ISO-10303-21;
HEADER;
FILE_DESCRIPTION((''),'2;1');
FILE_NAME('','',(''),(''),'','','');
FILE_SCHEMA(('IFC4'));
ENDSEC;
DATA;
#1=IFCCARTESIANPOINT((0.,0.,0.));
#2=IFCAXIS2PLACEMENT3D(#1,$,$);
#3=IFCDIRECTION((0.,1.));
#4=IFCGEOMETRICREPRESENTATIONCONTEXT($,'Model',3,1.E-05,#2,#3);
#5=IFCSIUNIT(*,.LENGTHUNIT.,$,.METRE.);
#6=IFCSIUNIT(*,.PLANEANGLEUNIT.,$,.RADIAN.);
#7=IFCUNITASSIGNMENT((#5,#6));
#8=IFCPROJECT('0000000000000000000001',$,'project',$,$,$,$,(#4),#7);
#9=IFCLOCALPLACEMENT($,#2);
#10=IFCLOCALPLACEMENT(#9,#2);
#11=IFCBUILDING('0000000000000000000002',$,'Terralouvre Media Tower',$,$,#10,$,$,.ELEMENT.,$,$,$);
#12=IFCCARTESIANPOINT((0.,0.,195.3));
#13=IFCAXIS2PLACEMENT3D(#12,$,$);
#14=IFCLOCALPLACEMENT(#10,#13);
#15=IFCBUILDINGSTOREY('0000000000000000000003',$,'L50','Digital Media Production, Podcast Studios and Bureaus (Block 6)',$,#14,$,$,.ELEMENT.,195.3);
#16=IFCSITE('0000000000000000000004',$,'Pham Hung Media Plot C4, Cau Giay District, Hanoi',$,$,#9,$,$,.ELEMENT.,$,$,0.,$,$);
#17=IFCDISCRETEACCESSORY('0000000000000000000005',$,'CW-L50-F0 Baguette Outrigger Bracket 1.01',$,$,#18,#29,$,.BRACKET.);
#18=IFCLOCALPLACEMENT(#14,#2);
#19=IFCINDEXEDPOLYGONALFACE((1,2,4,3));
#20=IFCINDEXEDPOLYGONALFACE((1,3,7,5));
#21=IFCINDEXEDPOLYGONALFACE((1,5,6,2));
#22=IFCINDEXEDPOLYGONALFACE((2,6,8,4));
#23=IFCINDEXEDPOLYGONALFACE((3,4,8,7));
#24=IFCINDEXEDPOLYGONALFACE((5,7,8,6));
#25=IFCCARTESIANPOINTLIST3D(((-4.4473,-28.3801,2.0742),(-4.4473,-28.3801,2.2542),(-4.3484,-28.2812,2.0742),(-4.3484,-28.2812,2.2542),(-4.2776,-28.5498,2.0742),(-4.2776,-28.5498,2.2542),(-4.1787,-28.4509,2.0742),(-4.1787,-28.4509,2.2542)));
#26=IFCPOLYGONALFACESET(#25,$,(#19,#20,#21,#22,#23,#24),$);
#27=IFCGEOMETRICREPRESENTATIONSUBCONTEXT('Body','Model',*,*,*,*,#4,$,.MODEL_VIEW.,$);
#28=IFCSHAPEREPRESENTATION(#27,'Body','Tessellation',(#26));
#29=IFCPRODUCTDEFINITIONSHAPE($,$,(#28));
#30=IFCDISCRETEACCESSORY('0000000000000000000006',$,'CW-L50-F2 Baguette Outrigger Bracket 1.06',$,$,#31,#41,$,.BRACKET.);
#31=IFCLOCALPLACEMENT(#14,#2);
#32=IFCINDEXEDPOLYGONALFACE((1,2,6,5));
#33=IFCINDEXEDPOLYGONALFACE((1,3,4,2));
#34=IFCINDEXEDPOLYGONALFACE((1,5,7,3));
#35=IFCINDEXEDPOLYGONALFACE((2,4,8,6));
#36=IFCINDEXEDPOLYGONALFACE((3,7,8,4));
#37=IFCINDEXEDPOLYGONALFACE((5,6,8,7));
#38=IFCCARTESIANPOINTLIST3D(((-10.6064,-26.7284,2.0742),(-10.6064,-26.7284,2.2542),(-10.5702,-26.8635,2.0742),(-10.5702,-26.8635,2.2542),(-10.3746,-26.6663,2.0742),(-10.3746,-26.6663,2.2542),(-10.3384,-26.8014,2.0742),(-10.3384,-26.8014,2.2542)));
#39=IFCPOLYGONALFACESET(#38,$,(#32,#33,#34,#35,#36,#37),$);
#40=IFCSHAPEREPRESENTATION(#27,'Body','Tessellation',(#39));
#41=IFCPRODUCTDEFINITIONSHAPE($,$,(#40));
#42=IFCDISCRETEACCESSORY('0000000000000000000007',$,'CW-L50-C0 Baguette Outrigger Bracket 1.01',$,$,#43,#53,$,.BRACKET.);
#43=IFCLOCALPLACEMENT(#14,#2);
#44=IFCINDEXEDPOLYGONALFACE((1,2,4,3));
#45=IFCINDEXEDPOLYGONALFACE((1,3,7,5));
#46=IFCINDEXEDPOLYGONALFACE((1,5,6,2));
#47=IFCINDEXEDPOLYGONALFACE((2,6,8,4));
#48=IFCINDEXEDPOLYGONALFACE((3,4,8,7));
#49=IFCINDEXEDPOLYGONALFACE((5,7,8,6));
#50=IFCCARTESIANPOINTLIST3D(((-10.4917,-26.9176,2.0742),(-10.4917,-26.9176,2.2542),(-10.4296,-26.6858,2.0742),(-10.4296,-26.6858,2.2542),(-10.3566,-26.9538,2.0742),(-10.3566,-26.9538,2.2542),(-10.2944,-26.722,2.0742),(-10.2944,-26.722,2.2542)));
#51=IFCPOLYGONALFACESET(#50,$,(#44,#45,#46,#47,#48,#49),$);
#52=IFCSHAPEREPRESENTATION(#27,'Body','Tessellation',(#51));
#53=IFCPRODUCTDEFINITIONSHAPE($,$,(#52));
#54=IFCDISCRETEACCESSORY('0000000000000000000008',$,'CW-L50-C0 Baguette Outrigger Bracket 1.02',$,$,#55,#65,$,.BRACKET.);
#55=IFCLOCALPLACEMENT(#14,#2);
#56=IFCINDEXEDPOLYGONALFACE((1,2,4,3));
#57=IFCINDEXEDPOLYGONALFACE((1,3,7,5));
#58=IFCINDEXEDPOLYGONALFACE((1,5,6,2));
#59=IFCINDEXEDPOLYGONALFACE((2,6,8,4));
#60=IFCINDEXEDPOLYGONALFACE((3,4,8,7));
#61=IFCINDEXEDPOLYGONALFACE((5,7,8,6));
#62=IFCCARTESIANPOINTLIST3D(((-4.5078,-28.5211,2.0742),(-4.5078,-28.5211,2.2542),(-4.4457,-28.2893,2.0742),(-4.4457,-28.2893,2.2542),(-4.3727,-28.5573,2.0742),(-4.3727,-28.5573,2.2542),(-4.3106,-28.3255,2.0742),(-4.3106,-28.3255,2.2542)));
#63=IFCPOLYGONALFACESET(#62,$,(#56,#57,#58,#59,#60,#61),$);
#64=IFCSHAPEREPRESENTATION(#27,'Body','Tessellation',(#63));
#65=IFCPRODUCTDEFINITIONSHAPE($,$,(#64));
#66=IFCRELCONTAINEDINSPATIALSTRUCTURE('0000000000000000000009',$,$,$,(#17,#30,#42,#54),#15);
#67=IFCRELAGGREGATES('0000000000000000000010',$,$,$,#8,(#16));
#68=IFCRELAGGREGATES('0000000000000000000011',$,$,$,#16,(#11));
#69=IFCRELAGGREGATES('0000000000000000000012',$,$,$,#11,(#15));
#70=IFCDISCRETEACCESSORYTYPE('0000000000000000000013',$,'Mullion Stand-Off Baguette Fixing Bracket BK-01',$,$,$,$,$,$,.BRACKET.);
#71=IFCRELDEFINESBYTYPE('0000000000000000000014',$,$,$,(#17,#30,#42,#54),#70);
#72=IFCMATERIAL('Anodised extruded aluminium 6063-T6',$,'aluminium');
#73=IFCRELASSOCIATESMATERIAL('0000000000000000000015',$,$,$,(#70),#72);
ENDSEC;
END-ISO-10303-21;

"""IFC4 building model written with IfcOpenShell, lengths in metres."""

from ifc_helpers import new_model, si_unit, direction, frame, origin, origin_2d, place, context, subcontext, project, spatial, rectangle, extrude, material, type_object, element, save


model = new_model("IFC4")

# Units and contexts
model_context = context("Model", 3, precision=1e-05, world=origin(), true_north=direction((0.0, 1.0)))
body_context = subcontext(model_context, "Body", "Model", "MODEL_VIEW")
ifc_project = project(units=[si_unit("LENGTHUNIT", "METRE"), si_unit("PLANEANGLEUNIT", "RADIAN")], contexts=[model_context])

# Site, building, storey
site_placement = place(None, origin())
site = spatial("IfcSite", under=ifc_project, at=site_placement, Name="Pham Hung Media Plot C4, Cau Giay District, Hanoi", CompositionType="ELEMENT", RefElevation=0.0)
building_placement = place(site_placement, origin())
building = spatial("IfcBuilding", under=site, at=building_placement, Name="Terralouvre Media Tower", CompositionType="ELEMENT")
storey_placement = place(building_placement, frame((0.0, 0.0, 195.3)))
storey = spatial("IfcBuildingStorey", under=building, at=storey_placement, Name="L50", Description="Digital Media Production, Podcast Studios and Bureaus (Block 6)", CompositionType="ELEMENT", Elevation=195.3)

# Discrete accessories
ifc_material_1 = material(Name="Anodised extruded aluminium 6063-T6", Category="aluminium")
discrete_accessory_type = type_object("IfcDiscreteAccessoryType", Name="Mullion Stand-Off Baguette Fixing Bracket BK-01", PredefinedType="BRACKET", material=ifc_material_1)
for number, where, z_axis, x_axis, name in (
    (1, (-4.313, -28.4155, 2.0742), (0.0, 0.0, 1.0), (0.707107, 0.707107, 0.0), "CW-L50-F0 Baguette Outrigger Bracket 1.01"),
    (2, (-10.4724, -26.7649, 2.0742), (0.0, 0.0, 1.0), (0.258819, -0.965926, 0.0), "CW-L50-F2 Baguette Outrigger Bracket 1.06"),
    (3, (-10.3931, -26.8198, 2.0742), (0.0, 0.0, 1.0), (0.965926, -0.258819, 0.0), "CW-L50-C0 Baguette Outrigger Bracket 1.01"),
    (4, (-4.4092, -28.4233, 2.0742), (0.0, 0.0, 1.0), (0.965926, -0.258819, 0.0), "CW-L50-C0 Baguette Outrigger Bracket 1.02"),
):
    element("IfcDiscreteAccessory", number, at=place(storey_placement, frame(where, z_axis=z_axis, x_axis=x_axis)), inside=storey, type_object=discrete_accessory_type, Name=name, PredefinedType="BRACKET", context=body_context, shape_type="SweptSolid", body=[
        extrude(rectangle(XDim=0.1399, YDim=0.24, at=origin_2d()), origin(), (0.0, 0.0, 1.0), 0.1799),
    ])

save(model, "model.ifc")
